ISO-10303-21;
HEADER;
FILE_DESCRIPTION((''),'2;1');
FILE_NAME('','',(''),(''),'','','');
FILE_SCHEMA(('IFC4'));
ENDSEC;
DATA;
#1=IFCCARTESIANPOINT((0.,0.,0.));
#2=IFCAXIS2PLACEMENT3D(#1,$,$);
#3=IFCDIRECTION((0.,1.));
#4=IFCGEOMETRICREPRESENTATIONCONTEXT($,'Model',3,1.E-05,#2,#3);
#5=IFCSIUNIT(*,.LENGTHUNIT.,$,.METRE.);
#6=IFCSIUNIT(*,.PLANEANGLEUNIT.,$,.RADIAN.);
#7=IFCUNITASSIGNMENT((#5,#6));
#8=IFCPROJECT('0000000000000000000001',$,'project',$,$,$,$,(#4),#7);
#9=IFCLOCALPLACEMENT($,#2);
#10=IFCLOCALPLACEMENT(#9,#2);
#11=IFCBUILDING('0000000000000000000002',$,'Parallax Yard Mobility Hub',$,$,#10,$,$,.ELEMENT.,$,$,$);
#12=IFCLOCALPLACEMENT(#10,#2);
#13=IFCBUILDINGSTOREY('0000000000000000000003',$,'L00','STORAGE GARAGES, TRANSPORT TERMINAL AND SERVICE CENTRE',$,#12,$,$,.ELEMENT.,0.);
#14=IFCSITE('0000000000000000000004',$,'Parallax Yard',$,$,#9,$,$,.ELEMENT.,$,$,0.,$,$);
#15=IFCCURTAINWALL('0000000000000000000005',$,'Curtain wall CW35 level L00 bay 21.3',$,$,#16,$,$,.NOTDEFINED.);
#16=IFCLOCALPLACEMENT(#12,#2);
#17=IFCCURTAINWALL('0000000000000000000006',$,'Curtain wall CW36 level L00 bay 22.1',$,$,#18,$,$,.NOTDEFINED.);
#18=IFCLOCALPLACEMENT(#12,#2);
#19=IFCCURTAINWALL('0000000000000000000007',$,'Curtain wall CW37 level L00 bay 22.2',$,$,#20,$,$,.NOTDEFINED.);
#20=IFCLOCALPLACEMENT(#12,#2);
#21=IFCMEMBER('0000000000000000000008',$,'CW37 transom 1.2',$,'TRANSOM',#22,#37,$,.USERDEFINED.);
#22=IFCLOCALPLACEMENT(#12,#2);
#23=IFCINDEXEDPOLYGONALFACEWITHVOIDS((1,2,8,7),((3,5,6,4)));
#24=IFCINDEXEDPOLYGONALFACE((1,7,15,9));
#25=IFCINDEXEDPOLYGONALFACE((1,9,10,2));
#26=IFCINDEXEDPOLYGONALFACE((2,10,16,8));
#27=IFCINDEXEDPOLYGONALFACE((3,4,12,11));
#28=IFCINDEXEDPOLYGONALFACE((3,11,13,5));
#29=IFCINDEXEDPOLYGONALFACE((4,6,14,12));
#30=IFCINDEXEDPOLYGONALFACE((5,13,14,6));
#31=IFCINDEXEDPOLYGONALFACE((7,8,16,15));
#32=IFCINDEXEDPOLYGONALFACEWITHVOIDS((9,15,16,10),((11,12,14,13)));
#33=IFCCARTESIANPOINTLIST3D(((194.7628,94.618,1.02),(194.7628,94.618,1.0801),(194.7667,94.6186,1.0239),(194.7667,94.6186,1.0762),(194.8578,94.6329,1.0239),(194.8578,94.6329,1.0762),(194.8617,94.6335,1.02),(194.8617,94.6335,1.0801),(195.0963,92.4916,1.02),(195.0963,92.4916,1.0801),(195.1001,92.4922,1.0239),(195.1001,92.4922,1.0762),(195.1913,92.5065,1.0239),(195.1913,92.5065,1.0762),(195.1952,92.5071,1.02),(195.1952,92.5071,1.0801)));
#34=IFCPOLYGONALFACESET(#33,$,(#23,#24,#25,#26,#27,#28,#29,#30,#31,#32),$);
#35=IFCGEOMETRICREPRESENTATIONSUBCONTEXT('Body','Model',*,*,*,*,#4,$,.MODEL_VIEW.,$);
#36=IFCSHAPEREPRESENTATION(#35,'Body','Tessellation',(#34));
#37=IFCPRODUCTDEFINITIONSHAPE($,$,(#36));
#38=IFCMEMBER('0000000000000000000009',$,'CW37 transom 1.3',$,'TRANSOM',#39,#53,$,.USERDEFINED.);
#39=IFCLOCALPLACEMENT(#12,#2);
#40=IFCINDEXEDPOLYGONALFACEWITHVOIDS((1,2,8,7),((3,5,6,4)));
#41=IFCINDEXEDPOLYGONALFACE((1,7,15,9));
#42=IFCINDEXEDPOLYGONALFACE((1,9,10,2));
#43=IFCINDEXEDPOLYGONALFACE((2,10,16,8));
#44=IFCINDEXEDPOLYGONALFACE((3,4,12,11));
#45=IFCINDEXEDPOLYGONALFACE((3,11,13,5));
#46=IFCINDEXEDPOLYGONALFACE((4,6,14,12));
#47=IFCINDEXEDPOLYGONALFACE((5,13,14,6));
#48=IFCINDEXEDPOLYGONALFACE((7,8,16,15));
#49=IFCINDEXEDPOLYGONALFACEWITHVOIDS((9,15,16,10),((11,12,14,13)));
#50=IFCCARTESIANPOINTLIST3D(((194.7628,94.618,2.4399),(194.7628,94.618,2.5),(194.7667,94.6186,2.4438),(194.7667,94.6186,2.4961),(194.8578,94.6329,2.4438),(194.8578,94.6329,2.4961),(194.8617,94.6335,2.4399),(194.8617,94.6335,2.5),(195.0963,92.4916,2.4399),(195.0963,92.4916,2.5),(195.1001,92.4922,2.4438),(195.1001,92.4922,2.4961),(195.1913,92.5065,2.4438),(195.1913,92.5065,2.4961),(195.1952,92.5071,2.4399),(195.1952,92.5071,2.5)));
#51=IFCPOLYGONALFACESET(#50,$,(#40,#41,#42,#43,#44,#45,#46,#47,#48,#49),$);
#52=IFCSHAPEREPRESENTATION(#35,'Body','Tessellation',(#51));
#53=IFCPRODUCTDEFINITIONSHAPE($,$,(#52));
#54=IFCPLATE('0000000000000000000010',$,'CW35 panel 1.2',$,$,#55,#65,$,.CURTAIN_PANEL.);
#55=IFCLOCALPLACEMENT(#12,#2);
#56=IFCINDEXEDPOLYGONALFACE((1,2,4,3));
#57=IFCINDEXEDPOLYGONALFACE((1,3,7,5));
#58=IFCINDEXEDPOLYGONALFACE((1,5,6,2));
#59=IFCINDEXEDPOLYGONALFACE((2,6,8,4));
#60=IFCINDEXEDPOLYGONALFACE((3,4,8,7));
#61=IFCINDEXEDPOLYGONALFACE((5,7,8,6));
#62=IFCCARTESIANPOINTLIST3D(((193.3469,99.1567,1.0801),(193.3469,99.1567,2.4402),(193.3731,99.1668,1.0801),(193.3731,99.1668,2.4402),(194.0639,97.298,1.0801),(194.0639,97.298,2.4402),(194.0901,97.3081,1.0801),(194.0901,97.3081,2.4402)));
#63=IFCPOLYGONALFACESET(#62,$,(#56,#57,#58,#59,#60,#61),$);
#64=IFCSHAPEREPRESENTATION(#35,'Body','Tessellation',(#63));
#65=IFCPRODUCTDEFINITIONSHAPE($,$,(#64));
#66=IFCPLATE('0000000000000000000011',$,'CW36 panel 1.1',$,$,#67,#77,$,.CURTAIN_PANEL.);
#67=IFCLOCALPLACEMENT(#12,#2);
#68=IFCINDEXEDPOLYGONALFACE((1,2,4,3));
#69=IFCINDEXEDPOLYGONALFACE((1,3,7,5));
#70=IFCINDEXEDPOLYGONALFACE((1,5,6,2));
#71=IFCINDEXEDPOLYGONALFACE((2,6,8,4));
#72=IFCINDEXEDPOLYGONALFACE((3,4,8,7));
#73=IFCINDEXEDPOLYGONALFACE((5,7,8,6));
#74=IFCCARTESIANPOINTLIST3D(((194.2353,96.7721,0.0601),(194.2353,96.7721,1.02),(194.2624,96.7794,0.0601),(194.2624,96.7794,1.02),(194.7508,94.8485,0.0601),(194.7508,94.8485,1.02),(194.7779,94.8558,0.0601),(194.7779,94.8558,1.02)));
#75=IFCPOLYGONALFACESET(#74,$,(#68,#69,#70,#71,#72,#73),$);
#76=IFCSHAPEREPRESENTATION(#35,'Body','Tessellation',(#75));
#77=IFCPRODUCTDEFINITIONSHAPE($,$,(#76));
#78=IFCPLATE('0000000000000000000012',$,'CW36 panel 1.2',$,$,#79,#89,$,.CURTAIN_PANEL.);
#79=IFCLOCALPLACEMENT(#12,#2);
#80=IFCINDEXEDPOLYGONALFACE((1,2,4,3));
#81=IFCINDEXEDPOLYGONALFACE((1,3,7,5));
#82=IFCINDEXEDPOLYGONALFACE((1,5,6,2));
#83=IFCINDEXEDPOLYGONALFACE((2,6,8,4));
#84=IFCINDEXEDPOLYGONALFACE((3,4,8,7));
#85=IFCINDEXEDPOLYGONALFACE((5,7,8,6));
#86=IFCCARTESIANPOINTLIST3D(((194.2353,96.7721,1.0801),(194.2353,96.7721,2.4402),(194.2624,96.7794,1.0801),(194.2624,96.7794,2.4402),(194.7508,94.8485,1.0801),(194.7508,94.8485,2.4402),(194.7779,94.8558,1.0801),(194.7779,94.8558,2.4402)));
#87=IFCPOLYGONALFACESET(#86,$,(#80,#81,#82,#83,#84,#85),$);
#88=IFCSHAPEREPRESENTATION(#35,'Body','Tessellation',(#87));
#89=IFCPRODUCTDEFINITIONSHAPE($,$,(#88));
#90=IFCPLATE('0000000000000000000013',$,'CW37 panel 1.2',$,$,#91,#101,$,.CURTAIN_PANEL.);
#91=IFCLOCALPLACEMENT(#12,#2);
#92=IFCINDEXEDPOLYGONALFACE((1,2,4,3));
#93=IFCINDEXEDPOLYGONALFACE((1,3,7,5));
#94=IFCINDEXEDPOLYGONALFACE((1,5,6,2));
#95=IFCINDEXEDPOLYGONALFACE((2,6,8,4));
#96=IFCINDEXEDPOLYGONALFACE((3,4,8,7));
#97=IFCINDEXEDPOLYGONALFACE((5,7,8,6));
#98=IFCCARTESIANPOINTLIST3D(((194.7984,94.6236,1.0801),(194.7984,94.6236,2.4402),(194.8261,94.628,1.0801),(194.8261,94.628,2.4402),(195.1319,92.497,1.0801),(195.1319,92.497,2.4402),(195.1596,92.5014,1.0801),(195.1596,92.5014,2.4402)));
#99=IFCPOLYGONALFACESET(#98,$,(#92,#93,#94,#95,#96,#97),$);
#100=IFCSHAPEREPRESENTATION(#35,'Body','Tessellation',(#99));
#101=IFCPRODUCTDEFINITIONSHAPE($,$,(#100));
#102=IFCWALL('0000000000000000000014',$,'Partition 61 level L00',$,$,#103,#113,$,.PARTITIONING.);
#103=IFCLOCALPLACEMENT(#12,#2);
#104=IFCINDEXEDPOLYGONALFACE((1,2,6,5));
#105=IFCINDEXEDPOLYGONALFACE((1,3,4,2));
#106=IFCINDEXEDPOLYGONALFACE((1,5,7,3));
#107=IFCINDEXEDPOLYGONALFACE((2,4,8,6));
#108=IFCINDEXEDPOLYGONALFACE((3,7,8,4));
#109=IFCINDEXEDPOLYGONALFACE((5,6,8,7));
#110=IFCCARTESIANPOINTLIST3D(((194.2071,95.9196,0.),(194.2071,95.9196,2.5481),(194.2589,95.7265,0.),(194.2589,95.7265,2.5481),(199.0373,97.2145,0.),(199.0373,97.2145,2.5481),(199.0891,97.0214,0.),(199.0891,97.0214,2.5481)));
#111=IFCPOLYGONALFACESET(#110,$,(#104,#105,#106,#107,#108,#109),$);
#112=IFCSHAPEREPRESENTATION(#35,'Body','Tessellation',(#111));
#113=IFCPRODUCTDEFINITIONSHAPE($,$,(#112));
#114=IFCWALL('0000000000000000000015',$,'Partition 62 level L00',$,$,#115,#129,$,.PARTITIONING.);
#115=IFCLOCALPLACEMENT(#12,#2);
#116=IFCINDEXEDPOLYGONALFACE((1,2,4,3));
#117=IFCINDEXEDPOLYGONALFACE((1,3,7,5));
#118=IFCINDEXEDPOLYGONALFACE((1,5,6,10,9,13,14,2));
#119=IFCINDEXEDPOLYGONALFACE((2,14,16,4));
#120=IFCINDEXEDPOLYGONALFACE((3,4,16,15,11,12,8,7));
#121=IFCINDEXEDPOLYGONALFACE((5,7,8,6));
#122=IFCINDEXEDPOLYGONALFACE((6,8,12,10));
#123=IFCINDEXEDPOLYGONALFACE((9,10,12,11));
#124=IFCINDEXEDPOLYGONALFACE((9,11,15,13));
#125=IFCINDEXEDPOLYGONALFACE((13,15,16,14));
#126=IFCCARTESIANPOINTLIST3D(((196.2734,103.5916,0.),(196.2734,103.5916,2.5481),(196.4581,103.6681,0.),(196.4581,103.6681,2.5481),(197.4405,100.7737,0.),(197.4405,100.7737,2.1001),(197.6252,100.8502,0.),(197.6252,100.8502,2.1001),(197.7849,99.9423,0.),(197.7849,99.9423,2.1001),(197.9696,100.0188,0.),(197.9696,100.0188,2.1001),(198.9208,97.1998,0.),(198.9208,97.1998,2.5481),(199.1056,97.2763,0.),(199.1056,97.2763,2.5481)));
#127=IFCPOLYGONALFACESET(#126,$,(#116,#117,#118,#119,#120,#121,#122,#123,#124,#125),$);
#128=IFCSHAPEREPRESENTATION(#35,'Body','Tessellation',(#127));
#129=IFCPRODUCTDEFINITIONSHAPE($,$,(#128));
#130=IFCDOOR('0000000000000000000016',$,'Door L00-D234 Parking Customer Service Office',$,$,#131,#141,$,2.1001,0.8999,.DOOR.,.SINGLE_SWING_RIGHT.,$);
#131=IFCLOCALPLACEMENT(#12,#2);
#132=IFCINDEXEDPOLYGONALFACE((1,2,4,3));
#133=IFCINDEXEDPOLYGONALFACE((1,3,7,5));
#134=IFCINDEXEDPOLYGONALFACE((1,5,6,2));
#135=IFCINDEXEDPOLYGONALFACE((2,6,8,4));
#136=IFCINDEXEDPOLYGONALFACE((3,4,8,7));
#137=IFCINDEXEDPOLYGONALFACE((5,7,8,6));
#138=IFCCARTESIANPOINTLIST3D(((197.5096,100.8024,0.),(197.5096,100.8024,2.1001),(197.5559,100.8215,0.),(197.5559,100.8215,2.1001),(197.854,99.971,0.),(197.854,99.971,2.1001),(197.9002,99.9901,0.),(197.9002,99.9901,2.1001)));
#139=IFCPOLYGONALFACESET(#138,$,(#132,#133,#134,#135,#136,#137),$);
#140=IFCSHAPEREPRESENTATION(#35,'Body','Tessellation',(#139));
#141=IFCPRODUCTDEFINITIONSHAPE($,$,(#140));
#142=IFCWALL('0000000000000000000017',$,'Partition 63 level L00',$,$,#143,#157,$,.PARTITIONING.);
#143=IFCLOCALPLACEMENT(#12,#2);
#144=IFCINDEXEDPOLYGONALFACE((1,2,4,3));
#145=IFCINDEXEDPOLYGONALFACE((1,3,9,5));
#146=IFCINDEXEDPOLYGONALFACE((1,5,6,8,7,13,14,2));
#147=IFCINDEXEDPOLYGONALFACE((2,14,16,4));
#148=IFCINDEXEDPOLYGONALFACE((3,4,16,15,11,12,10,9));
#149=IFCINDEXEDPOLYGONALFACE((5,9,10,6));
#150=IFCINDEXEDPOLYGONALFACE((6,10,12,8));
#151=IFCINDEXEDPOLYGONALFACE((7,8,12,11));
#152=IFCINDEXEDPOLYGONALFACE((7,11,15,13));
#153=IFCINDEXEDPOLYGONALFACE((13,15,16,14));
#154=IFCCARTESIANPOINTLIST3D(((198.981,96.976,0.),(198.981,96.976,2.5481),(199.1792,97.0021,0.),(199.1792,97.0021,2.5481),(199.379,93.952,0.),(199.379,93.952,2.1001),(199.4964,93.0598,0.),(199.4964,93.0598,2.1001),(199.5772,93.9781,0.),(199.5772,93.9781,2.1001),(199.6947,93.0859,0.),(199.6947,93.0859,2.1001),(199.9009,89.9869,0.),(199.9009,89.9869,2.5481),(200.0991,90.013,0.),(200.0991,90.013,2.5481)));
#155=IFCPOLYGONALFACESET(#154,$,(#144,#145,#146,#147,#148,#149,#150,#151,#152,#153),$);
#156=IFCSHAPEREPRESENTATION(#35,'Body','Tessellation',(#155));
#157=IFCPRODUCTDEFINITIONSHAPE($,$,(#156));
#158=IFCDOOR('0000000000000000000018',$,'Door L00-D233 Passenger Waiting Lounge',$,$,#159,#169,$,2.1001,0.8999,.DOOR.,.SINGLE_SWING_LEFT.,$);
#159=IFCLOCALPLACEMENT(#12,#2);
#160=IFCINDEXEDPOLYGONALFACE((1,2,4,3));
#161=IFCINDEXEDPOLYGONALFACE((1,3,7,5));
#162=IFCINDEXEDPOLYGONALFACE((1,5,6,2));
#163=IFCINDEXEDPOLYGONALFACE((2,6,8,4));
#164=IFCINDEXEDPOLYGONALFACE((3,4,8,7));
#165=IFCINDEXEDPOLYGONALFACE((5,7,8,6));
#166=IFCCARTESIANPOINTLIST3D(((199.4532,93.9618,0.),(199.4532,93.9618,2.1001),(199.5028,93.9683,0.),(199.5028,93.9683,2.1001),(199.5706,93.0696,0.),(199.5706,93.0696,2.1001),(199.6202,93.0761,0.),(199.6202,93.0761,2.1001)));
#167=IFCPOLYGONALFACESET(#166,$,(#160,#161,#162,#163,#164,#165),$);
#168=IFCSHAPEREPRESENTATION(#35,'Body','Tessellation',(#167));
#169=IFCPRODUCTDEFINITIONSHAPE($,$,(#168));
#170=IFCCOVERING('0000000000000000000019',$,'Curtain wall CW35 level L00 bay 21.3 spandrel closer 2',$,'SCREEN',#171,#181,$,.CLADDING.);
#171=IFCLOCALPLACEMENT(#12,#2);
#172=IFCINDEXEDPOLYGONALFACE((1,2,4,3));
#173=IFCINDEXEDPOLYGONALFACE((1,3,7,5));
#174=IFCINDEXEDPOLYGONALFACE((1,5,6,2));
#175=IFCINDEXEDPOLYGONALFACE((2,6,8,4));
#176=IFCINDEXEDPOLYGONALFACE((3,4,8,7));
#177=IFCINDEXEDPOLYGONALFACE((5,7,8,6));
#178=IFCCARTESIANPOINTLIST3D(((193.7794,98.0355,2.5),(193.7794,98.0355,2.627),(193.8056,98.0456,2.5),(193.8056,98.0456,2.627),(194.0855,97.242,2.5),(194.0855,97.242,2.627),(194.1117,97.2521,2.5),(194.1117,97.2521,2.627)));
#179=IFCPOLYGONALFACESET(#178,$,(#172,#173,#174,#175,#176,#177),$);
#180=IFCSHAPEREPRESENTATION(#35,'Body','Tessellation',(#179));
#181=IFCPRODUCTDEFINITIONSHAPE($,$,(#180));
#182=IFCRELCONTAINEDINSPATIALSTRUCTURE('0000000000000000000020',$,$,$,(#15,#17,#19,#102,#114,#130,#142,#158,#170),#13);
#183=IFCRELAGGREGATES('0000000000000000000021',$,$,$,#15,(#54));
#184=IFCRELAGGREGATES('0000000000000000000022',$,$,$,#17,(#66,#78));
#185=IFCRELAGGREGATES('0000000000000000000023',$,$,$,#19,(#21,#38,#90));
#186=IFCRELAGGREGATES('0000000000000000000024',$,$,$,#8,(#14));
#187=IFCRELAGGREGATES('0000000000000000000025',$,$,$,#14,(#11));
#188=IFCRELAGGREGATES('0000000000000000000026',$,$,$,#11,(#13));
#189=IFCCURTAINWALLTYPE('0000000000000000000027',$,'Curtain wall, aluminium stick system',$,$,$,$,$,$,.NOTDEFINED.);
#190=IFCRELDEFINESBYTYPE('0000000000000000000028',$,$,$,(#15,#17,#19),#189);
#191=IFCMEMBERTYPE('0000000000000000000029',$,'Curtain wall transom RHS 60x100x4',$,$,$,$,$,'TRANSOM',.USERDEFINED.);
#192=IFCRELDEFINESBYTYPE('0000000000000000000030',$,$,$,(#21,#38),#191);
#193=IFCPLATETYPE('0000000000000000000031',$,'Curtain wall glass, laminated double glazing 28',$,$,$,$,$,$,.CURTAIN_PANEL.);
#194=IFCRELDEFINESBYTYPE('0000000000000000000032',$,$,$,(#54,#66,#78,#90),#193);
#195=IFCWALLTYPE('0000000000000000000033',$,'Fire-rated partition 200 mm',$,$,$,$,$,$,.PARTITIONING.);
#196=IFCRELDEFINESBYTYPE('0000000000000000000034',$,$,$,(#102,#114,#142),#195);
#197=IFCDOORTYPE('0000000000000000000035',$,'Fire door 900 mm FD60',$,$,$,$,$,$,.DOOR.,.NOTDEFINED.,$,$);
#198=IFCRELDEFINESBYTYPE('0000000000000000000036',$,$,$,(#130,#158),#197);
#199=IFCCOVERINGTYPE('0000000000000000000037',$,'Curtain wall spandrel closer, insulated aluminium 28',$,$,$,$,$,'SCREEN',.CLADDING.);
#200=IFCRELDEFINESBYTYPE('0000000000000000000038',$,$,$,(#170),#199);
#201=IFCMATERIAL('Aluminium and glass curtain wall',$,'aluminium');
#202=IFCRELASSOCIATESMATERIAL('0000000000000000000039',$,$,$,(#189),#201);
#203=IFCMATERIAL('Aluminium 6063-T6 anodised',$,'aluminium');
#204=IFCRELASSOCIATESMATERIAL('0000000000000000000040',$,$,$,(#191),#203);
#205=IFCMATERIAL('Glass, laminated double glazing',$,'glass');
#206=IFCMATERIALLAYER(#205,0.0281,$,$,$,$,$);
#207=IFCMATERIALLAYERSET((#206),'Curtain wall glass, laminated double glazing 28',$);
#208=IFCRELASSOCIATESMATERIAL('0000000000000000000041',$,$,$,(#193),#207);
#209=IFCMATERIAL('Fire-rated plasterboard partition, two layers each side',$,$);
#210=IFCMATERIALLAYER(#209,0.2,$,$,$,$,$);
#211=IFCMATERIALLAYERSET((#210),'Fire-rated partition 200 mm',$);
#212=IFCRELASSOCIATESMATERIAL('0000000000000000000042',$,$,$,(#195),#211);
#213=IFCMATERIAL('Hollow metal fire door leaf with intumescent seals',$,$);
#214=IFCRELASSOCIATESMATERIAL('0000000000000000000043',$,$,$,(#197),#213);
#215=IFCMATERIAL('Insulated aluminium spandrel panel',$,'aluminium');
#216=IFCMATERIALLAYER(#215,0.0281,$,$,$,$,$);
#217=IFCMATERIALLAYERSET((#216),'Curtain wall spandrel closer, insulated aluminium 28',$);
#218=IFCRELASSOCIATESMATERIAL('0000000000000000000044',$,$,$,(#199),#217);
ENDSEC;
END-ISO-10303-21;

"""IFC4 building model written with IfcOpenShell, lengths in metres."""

from ifc_helpers import new_model, si_unit, direction, frame, frame_2d, origin, origin_2d, place, context, subcontext, project, spatial, rectangle, hollow_rectangle, extrude, material, layer, layer_set, material_profile, profile_set, type_object, element, fill, aggregate, save


model = new_model("IFC4")

# Units and contexts
model_context = context("Model", 3, precision=1e-05, world=origin(), true_north=direction((0.0, 1.0)))
body_context = subcontext(model_context, "Body", "Model", "MODEL_VIEW")
ifc_project = project(units=[si_unit("LENGTHUNIT", "METRE"), si_unit("PLANEANGLEUNIT", "RADIAN")], contexts=[model_context])

# Site, building, storey
site_placement = place(None, origin())
site = spatial("IfcSite", under=ifc_project, at=site_placement, Name="Parallax Yard", CompositionType="ELEMENT", RefElevation=0.0)
building_placement = place(site_placement, origin())
building = spatial("IfcBuilding", under=site, at=building_placement, Name="Parallax Yard Mobility Hub", CompositionType="ELEMENT")
storey_placement = place(building_placement, origin())
storey = spatial("IfcBuildingStorey", under=building, at=storey_placement, Name="L00", Description="STORAGE GARAGES, TRANSPORT TERMINAL AND SERVICE CENTRE", CompositionType="ELEMENT", Elevation=0.0)

# Curtain wall
ifc_material_1 = material(Name="Aluminium and glass curtain wall", Category="aluminium")
curtain_wall_type = type_object("IfcCurtainWallType", Name="Curtain wall, aluminium stick system", PredefinedType="NOTDEFINED", material=ifc_material_1)
curtain_wall_1_placement = place(storey_placement, origin())
curtain_wall_1 = element("IfcCurtainWall", 1, at=curtain_wall_1_placement, inside=storey, type_object=curtain_wall_type, Name="Curtain wall CW35 level L00 bay 21.3", PredefinedType="NOTDEFINED")
ifc_material_2 = material(Name="Aluminium 6063-T6 anodised", Category="aluminium")

# Curtain wall
curtain_wall_2_placement = place(storey_placement, origin())
curtain_wall_2 = element("IfcCurtainWall", 2, at=curtain_wall_2_placement, inside=storey, type_object=curtain_wall_type, Name="Curtain wall CW36 level L00 bay 22.1", PredefinedType="NOTDEFINED")

# Curtain wall
curtain_wall_3_placement = place(storey_placement, origin())
curtain_wall_3 = element("IfcCurtainWall", 3, at=curtain_wall_3_placement, inside=storey, type_object=curtain_wall_type, Name="Curtain wall CW37 level L00 bay 22.2", PredefinedType="NOTDEFINED")

# Members
ifc_material_profile_1 = material_profile(ifc_material_2, hollow_rectangle(XDim=0.1001, YDim=0.0601, WallThickness=0.0039, at=origin_2d()), Name="RHS 60x100x4")
ifc_profile_set_1 = profile_set([ifc_material_profile_1], Name="Aluminium 6063-T6 anodised")
member_type_1 = type_object("IfcMemberType", Name="Curtain wall transom RHS 60x100x4", ElementType="TRANSOM", PredefinedType="USERDEFINED", material=ifc_profile_set_1)
member_1_placement = place(storey_placement, frame((194.8123, 94.6257, 1.05), z_axis=(0.154937, -0.987924, 0.0), x_axis=(0.987924, 0.154937, 0.0)))
member_1 = element("IfcMember", 4, at=member_1_placement, type_object=member_type_1, Name="CW37 transom 1.2", ObjectType="TRANSOM", PredefinedType="USERDEFINED", context=body_context, shape_type="SweptSolid", body=[
    extrude(hollow_rectangle(XDim=0.1001, YDim=0.0601, WallThickness=0.0039, at=origin_2d()), origin(), (0.0, 0.0, 1.0), 2.1523),
])
member_2_placement = place(storey_placement, frame((194.8123, 94.6257, 2.47), z_axis=(0.154937, -0.987924, 0.0), x_axis=(0.987924, 0.154937, 0.0)))
member_2 = element("IfcMember", 5, at=member_2_placement, type_object=member_type_1, Name="CW37 transom 1.3", ObjectType="TRANSOM", PredefinedType="USERDEFINED", context=body_context, shape_type="SweptSolid", body=[
    extrude(hollow_rectangle(XDim=0.1001, YDim=0.0601, WallThickness=0.0039, at=origin_2d()), origin(), (0.0, 0.0, 1.0), 2.1523),
])

# Plates
ifc_material_3 = material(Name="Glass, laminated double glazing", Category="glass")
ifc_layer_1 = layer(ifc_material_3, 0.0281)
ifc_layer_set_1 = layer_set([ifc_layer_1], Name="Curtain wall glass, laminated double glazing 28")
plate_type = type_object("IfcPlateType", Name="Curtain wall glass, laminated double glazing 28", PredefinedType="CURTAIN_PANEL", material=ifc_layer_set_1)
plate_1_placement = place(storey_placement, frame((193.7185, 98.2324, 1.0801), z_axis=(0.0, 0.0, 1.0), x_axis=(0.359918, -0.932984, 0.0)))
plate_1 = element("IfcPlate", 6, at=plate_1_placement, type_object=plate_type, Name="CW35 panel 1.2", PredefinedType="CURTAIN_PANEL", context=body_context, shape_type="SweptSolid", body=[
    extrude(rectangle(XDim=1.9922, YDim=0.0281, at=origin_2d()), origin(), (0.0, 0.0, 1.0), 1.3601),
])
aggregate(curtain_wall_1, [plate_1])
plate_2_placement = place(storey_placement, frame((194.5066, 95.814, 0.0601), z_axis=(0.0, 0.0, 1.0), x_axis=(0.258839, -0.965921, 0.0)))
plate_2 = element("IfcPlate", 7, at=plate_2_placement, type_object=plate_type, Name="CW36 panel 1.1", PredefinedType="CURTAIN_PANEL", context=body_context, shape_type="SweptSolid", body=[
    extrude(rectangle(XDim=1.9915, YDim=0.0281, at=origin_2d()), origin(), (0.0, 0.0, 1.0), 0.96),
])
plate_3_placement = place(storey_placement, frame((194.5066, 95.814, 1.0801), z_axis=(0.0, 0.0, 1.0), x_axis=(0.258839, -0.965921, 0.0)))
plate_3 = element("IfcPlate", 8, at=plate_3_placement, type_object=plate_type, Name="CW36 panel 1.2", PredefinedType="CURTAIN_PANEL", context=body_context, shape_type="SweptSolid", body=[
    extrude(rectangle(XDim=1.9915, YDim=0.0281, at=origin_2d()), origin(), (0.0, 0.0, 1.0), 1.3601),
])
aggregate(curtain_wall_2, [plate_2, plate_3])
plate_4_placement = place(storey_placement, frame((194.979, 93.5625, 1.0801), z_axis=(0.0, 0.0, 1.0), x_axis=(0.154937, -0.987924, 0.0)))
plate_4 = element("IfcPlate", 9, at=plate_4_placement, type_object=plate_type, Name="CW37 panel 1.2", PredefinedType="CURTAIN_PANEL", context=body_context, shape_type="SweptSolid", body=[
    extrude(rectangle(XDim=2.1526, YDim=0.0281, at=origin_2d()), origin(), (0.0, 0.0, 1.0), 1.3601),
])
aggregate(curtain_wall_3, [member_1, member_2, plate_4])

# Wall
ifc_material_4 = material(Name="Fire-rated plasterboard partition, two layers each side")
ifc_layer_2 = layer(ifc_material_4, 0.2)
ifc_layer_set_2 = layer_set([ifc_layer_2], Name="Fire-rated partition 200 mm")
wall_type = type_object("IfcWallType", Name="Fire-rated partition 200 mm", PredefinedType="PARTITIONING", material=ifc_layer_set_2)
wall_1_placement = place(storey_placement, frame((194.2329, 95.823, 0.0), z_axis=(0.0, 0.0, 1.0), x_axis=(0.965891, 0.258951, 0.0)))
element("IfcWall", 10, at=wall_1_placement, inside=storey, type_object=wall_type, Name="Partition 61 level L00", PredefinedType="PARTITIONING", context=body_context, shape_type="SweptSolid", body=[
    extrude(rectangle(XDim=5.0007, YDim=0.2, at=frame_2d((2.5005, 0.0))), origin(), (0.0, 0.0, 1.0), 2.5481),
])

# Walls, openings, doors
wall_2_placement = place(storey_placement, frame((196.3657, 103.6299, 0.0), z_axis=(0.0, 0.0, 1.0), x_axis=(0.382668, -0.923886, 0.0)))
wall_2 = element("IfcWall", 11, at=wall_2_placement, inside=storey, type_object=wall_type, Name="Partition 62 level L00", PredefinedType="PARTITIONING", context=body_context, shape_type="SweptSolid", body=[
    extrude(rectangle(XDim=6.9185, YDim=0.2, at=frame_2d((3.4592, 0.0))), origin(), (0.0, 0.0, 1.0), 2.5481),
])
opening_1_placement = place(wall_2_placement, frame((3.05, 0.0, 0.0)))
opening_1 = element("IfcOpeningElement", 12, at=opening_1_placement, cuts=wall_2, PredefinedType="OPENING", context=body_context, shape_type="SweptSolid", body=[
    extrude(rectangle(XDim=0.8999, YDim=2.1001, at=frame_2d((0.45, 1.05))), frame((0.0, 0.1099, 0.0), z_axis=(0.0, -1.0, 0.0), x_axis=(1.0, 0.0, 0.0)), (0.0, 0.0, 1.0), 0.22),
])
ifc_material_5 = material(Name="Hollow metal fire door leaf with intumescent seals")
door_type = type_object("IfcDoorType", Name="Fire door 900 mm FD60", OperationType="NOTDEFINED", PredefinedType="DOOR", material=ifc_material_5)
door_1_placement = place(opening_1_placement, origin())
door_1 = element("IfcDoor", 13, at=door_1_placement, inside=storey, type_object=door_type, Name="Door L00-D234 Parking Customer Service Office", OperationType="SINGLE_SWING_RIGHT", OverallHeight=2.1001, OverallWidth=0.8999, PredefinedType="DOOR", context=body_context, shape_type="SweptSolid", body=[
    extrude(rectangle(XDim=0.8999, YDim=2.1001, at=frame_2d((0.45, 1.05))), frame((0.0, 0.0249, 0.0), z_axis=(0.0, -1.0, 0.0), x_axis=(1.0, 0.0, 0.0)), (0.0, 0.0, 1.0), 0.05),
])
fill(opening_1, door_1)
wall_3_placement = place(storey_placement, frame((199.0801, 96.989, 0.0), z_axis=(0.0, 0.0, 1.0), x_axis=(0.130498, -0.991449, 0.0)))
wall_3 = element("IfcWall", 14, at=wall_3_placement, inside=storey, type_object=wall_type, Name="Partition 63 level L00", PredefinedType="PARTITIONING", context=body_context, shape_type="SweptSolid", body=[
    extrude(rectangle(XDim=7.0493, YDim=0.2, at=frame_2d((3.5247, 0.0))), origin(), (0.0, 0.0, 1.0), 2.5481),
])
opening_2_placement = place(wall_3_placement, frame((3.05, 0.0, 0.0)))
opening_2 = element("IfcOpeningElement", 15, at=opening_2_placement, cuts=wall_3, PredefinedType="OPENING", context=body_context, shape_type="SweptSolid", body=[
    extrude(rectangle(XDim=0.8999, YDim=2.1001, at=frame_2d((0.45, 1.05))), frame((0.0, 0.1099, 0.0), z_axis=(0.0, -1.0, 0.0), x_axis=(1.0, 0.0, 0.0)), (0.0, 0.0, 1.0), 0.22),
])
door_2_placement = place(opening_2_placement, origin())
door_2 = element("IfcDoor", 16, at=door_2_placement, inside=storey, type_object=door_type, Name="Door L00-D233 Passenger Waiting Lounge", OperationType="SINGLE_SWING_LEFT", OverallHeight=2.1001, OverallWidth=0.8999, PredefinedType="DOOR", context=body_context, shape_type="SweptSolid", body=[
    extrude(rectangle(XDim=0.8999, YDim=2.1001, at=frame_2d((0.45, 1.05))), frame((0.0, 0.0249, 0.0), z_axis=(0.0, -1.0, 0.0), x_axis=(1.0, 0.0, 0.0)), (0.0, 0.0, 1.0), 0.05),
])
fill(opening_2, door_2)

# Covering
ifc_material_6 = material(Name="Insulated aluminium spandrel panel", Category="aluminium")
ifc_layer_3 = layer(ifc_material_6, 0.0281)
ifc_layer_set_3 = layer_set([ifc_layer_3], Name="Curtain wall spandrel closer, insulated aluminium 28")
covering_type = type_object("IfcCoveringType", Name="Curtain wall spandrel closer, insulated aluminium 28", ElementType="SCREEN", PredefinedType="CLADDING", material=ifc_layer_set_3)
covering_1_placement = place(storey_placement, frame((193.9456, 97.6438, 2.5), z_axis=(0.0, 0.0, 1.0), x_axis=(0.359907, -0.932988, 0.0)))
element("IfcCovering", 17, at=covering_1_placement, inside=storey, type_object=covering_type, Name="Curtain wall CW35 level L00 bay 21.3 spandrel closer 2", ObjectType="SCREEN", PredefinedType="CLADDING", context=body_context, shape_type="SweptSolid", body=[
    extrude(rectangle(XDim=0.8506, YDim=0.0281, at=origin_2d()), origin(), (0.0, 0.0, 1.0), 0.127),
])

save(model, "model.ifc")
